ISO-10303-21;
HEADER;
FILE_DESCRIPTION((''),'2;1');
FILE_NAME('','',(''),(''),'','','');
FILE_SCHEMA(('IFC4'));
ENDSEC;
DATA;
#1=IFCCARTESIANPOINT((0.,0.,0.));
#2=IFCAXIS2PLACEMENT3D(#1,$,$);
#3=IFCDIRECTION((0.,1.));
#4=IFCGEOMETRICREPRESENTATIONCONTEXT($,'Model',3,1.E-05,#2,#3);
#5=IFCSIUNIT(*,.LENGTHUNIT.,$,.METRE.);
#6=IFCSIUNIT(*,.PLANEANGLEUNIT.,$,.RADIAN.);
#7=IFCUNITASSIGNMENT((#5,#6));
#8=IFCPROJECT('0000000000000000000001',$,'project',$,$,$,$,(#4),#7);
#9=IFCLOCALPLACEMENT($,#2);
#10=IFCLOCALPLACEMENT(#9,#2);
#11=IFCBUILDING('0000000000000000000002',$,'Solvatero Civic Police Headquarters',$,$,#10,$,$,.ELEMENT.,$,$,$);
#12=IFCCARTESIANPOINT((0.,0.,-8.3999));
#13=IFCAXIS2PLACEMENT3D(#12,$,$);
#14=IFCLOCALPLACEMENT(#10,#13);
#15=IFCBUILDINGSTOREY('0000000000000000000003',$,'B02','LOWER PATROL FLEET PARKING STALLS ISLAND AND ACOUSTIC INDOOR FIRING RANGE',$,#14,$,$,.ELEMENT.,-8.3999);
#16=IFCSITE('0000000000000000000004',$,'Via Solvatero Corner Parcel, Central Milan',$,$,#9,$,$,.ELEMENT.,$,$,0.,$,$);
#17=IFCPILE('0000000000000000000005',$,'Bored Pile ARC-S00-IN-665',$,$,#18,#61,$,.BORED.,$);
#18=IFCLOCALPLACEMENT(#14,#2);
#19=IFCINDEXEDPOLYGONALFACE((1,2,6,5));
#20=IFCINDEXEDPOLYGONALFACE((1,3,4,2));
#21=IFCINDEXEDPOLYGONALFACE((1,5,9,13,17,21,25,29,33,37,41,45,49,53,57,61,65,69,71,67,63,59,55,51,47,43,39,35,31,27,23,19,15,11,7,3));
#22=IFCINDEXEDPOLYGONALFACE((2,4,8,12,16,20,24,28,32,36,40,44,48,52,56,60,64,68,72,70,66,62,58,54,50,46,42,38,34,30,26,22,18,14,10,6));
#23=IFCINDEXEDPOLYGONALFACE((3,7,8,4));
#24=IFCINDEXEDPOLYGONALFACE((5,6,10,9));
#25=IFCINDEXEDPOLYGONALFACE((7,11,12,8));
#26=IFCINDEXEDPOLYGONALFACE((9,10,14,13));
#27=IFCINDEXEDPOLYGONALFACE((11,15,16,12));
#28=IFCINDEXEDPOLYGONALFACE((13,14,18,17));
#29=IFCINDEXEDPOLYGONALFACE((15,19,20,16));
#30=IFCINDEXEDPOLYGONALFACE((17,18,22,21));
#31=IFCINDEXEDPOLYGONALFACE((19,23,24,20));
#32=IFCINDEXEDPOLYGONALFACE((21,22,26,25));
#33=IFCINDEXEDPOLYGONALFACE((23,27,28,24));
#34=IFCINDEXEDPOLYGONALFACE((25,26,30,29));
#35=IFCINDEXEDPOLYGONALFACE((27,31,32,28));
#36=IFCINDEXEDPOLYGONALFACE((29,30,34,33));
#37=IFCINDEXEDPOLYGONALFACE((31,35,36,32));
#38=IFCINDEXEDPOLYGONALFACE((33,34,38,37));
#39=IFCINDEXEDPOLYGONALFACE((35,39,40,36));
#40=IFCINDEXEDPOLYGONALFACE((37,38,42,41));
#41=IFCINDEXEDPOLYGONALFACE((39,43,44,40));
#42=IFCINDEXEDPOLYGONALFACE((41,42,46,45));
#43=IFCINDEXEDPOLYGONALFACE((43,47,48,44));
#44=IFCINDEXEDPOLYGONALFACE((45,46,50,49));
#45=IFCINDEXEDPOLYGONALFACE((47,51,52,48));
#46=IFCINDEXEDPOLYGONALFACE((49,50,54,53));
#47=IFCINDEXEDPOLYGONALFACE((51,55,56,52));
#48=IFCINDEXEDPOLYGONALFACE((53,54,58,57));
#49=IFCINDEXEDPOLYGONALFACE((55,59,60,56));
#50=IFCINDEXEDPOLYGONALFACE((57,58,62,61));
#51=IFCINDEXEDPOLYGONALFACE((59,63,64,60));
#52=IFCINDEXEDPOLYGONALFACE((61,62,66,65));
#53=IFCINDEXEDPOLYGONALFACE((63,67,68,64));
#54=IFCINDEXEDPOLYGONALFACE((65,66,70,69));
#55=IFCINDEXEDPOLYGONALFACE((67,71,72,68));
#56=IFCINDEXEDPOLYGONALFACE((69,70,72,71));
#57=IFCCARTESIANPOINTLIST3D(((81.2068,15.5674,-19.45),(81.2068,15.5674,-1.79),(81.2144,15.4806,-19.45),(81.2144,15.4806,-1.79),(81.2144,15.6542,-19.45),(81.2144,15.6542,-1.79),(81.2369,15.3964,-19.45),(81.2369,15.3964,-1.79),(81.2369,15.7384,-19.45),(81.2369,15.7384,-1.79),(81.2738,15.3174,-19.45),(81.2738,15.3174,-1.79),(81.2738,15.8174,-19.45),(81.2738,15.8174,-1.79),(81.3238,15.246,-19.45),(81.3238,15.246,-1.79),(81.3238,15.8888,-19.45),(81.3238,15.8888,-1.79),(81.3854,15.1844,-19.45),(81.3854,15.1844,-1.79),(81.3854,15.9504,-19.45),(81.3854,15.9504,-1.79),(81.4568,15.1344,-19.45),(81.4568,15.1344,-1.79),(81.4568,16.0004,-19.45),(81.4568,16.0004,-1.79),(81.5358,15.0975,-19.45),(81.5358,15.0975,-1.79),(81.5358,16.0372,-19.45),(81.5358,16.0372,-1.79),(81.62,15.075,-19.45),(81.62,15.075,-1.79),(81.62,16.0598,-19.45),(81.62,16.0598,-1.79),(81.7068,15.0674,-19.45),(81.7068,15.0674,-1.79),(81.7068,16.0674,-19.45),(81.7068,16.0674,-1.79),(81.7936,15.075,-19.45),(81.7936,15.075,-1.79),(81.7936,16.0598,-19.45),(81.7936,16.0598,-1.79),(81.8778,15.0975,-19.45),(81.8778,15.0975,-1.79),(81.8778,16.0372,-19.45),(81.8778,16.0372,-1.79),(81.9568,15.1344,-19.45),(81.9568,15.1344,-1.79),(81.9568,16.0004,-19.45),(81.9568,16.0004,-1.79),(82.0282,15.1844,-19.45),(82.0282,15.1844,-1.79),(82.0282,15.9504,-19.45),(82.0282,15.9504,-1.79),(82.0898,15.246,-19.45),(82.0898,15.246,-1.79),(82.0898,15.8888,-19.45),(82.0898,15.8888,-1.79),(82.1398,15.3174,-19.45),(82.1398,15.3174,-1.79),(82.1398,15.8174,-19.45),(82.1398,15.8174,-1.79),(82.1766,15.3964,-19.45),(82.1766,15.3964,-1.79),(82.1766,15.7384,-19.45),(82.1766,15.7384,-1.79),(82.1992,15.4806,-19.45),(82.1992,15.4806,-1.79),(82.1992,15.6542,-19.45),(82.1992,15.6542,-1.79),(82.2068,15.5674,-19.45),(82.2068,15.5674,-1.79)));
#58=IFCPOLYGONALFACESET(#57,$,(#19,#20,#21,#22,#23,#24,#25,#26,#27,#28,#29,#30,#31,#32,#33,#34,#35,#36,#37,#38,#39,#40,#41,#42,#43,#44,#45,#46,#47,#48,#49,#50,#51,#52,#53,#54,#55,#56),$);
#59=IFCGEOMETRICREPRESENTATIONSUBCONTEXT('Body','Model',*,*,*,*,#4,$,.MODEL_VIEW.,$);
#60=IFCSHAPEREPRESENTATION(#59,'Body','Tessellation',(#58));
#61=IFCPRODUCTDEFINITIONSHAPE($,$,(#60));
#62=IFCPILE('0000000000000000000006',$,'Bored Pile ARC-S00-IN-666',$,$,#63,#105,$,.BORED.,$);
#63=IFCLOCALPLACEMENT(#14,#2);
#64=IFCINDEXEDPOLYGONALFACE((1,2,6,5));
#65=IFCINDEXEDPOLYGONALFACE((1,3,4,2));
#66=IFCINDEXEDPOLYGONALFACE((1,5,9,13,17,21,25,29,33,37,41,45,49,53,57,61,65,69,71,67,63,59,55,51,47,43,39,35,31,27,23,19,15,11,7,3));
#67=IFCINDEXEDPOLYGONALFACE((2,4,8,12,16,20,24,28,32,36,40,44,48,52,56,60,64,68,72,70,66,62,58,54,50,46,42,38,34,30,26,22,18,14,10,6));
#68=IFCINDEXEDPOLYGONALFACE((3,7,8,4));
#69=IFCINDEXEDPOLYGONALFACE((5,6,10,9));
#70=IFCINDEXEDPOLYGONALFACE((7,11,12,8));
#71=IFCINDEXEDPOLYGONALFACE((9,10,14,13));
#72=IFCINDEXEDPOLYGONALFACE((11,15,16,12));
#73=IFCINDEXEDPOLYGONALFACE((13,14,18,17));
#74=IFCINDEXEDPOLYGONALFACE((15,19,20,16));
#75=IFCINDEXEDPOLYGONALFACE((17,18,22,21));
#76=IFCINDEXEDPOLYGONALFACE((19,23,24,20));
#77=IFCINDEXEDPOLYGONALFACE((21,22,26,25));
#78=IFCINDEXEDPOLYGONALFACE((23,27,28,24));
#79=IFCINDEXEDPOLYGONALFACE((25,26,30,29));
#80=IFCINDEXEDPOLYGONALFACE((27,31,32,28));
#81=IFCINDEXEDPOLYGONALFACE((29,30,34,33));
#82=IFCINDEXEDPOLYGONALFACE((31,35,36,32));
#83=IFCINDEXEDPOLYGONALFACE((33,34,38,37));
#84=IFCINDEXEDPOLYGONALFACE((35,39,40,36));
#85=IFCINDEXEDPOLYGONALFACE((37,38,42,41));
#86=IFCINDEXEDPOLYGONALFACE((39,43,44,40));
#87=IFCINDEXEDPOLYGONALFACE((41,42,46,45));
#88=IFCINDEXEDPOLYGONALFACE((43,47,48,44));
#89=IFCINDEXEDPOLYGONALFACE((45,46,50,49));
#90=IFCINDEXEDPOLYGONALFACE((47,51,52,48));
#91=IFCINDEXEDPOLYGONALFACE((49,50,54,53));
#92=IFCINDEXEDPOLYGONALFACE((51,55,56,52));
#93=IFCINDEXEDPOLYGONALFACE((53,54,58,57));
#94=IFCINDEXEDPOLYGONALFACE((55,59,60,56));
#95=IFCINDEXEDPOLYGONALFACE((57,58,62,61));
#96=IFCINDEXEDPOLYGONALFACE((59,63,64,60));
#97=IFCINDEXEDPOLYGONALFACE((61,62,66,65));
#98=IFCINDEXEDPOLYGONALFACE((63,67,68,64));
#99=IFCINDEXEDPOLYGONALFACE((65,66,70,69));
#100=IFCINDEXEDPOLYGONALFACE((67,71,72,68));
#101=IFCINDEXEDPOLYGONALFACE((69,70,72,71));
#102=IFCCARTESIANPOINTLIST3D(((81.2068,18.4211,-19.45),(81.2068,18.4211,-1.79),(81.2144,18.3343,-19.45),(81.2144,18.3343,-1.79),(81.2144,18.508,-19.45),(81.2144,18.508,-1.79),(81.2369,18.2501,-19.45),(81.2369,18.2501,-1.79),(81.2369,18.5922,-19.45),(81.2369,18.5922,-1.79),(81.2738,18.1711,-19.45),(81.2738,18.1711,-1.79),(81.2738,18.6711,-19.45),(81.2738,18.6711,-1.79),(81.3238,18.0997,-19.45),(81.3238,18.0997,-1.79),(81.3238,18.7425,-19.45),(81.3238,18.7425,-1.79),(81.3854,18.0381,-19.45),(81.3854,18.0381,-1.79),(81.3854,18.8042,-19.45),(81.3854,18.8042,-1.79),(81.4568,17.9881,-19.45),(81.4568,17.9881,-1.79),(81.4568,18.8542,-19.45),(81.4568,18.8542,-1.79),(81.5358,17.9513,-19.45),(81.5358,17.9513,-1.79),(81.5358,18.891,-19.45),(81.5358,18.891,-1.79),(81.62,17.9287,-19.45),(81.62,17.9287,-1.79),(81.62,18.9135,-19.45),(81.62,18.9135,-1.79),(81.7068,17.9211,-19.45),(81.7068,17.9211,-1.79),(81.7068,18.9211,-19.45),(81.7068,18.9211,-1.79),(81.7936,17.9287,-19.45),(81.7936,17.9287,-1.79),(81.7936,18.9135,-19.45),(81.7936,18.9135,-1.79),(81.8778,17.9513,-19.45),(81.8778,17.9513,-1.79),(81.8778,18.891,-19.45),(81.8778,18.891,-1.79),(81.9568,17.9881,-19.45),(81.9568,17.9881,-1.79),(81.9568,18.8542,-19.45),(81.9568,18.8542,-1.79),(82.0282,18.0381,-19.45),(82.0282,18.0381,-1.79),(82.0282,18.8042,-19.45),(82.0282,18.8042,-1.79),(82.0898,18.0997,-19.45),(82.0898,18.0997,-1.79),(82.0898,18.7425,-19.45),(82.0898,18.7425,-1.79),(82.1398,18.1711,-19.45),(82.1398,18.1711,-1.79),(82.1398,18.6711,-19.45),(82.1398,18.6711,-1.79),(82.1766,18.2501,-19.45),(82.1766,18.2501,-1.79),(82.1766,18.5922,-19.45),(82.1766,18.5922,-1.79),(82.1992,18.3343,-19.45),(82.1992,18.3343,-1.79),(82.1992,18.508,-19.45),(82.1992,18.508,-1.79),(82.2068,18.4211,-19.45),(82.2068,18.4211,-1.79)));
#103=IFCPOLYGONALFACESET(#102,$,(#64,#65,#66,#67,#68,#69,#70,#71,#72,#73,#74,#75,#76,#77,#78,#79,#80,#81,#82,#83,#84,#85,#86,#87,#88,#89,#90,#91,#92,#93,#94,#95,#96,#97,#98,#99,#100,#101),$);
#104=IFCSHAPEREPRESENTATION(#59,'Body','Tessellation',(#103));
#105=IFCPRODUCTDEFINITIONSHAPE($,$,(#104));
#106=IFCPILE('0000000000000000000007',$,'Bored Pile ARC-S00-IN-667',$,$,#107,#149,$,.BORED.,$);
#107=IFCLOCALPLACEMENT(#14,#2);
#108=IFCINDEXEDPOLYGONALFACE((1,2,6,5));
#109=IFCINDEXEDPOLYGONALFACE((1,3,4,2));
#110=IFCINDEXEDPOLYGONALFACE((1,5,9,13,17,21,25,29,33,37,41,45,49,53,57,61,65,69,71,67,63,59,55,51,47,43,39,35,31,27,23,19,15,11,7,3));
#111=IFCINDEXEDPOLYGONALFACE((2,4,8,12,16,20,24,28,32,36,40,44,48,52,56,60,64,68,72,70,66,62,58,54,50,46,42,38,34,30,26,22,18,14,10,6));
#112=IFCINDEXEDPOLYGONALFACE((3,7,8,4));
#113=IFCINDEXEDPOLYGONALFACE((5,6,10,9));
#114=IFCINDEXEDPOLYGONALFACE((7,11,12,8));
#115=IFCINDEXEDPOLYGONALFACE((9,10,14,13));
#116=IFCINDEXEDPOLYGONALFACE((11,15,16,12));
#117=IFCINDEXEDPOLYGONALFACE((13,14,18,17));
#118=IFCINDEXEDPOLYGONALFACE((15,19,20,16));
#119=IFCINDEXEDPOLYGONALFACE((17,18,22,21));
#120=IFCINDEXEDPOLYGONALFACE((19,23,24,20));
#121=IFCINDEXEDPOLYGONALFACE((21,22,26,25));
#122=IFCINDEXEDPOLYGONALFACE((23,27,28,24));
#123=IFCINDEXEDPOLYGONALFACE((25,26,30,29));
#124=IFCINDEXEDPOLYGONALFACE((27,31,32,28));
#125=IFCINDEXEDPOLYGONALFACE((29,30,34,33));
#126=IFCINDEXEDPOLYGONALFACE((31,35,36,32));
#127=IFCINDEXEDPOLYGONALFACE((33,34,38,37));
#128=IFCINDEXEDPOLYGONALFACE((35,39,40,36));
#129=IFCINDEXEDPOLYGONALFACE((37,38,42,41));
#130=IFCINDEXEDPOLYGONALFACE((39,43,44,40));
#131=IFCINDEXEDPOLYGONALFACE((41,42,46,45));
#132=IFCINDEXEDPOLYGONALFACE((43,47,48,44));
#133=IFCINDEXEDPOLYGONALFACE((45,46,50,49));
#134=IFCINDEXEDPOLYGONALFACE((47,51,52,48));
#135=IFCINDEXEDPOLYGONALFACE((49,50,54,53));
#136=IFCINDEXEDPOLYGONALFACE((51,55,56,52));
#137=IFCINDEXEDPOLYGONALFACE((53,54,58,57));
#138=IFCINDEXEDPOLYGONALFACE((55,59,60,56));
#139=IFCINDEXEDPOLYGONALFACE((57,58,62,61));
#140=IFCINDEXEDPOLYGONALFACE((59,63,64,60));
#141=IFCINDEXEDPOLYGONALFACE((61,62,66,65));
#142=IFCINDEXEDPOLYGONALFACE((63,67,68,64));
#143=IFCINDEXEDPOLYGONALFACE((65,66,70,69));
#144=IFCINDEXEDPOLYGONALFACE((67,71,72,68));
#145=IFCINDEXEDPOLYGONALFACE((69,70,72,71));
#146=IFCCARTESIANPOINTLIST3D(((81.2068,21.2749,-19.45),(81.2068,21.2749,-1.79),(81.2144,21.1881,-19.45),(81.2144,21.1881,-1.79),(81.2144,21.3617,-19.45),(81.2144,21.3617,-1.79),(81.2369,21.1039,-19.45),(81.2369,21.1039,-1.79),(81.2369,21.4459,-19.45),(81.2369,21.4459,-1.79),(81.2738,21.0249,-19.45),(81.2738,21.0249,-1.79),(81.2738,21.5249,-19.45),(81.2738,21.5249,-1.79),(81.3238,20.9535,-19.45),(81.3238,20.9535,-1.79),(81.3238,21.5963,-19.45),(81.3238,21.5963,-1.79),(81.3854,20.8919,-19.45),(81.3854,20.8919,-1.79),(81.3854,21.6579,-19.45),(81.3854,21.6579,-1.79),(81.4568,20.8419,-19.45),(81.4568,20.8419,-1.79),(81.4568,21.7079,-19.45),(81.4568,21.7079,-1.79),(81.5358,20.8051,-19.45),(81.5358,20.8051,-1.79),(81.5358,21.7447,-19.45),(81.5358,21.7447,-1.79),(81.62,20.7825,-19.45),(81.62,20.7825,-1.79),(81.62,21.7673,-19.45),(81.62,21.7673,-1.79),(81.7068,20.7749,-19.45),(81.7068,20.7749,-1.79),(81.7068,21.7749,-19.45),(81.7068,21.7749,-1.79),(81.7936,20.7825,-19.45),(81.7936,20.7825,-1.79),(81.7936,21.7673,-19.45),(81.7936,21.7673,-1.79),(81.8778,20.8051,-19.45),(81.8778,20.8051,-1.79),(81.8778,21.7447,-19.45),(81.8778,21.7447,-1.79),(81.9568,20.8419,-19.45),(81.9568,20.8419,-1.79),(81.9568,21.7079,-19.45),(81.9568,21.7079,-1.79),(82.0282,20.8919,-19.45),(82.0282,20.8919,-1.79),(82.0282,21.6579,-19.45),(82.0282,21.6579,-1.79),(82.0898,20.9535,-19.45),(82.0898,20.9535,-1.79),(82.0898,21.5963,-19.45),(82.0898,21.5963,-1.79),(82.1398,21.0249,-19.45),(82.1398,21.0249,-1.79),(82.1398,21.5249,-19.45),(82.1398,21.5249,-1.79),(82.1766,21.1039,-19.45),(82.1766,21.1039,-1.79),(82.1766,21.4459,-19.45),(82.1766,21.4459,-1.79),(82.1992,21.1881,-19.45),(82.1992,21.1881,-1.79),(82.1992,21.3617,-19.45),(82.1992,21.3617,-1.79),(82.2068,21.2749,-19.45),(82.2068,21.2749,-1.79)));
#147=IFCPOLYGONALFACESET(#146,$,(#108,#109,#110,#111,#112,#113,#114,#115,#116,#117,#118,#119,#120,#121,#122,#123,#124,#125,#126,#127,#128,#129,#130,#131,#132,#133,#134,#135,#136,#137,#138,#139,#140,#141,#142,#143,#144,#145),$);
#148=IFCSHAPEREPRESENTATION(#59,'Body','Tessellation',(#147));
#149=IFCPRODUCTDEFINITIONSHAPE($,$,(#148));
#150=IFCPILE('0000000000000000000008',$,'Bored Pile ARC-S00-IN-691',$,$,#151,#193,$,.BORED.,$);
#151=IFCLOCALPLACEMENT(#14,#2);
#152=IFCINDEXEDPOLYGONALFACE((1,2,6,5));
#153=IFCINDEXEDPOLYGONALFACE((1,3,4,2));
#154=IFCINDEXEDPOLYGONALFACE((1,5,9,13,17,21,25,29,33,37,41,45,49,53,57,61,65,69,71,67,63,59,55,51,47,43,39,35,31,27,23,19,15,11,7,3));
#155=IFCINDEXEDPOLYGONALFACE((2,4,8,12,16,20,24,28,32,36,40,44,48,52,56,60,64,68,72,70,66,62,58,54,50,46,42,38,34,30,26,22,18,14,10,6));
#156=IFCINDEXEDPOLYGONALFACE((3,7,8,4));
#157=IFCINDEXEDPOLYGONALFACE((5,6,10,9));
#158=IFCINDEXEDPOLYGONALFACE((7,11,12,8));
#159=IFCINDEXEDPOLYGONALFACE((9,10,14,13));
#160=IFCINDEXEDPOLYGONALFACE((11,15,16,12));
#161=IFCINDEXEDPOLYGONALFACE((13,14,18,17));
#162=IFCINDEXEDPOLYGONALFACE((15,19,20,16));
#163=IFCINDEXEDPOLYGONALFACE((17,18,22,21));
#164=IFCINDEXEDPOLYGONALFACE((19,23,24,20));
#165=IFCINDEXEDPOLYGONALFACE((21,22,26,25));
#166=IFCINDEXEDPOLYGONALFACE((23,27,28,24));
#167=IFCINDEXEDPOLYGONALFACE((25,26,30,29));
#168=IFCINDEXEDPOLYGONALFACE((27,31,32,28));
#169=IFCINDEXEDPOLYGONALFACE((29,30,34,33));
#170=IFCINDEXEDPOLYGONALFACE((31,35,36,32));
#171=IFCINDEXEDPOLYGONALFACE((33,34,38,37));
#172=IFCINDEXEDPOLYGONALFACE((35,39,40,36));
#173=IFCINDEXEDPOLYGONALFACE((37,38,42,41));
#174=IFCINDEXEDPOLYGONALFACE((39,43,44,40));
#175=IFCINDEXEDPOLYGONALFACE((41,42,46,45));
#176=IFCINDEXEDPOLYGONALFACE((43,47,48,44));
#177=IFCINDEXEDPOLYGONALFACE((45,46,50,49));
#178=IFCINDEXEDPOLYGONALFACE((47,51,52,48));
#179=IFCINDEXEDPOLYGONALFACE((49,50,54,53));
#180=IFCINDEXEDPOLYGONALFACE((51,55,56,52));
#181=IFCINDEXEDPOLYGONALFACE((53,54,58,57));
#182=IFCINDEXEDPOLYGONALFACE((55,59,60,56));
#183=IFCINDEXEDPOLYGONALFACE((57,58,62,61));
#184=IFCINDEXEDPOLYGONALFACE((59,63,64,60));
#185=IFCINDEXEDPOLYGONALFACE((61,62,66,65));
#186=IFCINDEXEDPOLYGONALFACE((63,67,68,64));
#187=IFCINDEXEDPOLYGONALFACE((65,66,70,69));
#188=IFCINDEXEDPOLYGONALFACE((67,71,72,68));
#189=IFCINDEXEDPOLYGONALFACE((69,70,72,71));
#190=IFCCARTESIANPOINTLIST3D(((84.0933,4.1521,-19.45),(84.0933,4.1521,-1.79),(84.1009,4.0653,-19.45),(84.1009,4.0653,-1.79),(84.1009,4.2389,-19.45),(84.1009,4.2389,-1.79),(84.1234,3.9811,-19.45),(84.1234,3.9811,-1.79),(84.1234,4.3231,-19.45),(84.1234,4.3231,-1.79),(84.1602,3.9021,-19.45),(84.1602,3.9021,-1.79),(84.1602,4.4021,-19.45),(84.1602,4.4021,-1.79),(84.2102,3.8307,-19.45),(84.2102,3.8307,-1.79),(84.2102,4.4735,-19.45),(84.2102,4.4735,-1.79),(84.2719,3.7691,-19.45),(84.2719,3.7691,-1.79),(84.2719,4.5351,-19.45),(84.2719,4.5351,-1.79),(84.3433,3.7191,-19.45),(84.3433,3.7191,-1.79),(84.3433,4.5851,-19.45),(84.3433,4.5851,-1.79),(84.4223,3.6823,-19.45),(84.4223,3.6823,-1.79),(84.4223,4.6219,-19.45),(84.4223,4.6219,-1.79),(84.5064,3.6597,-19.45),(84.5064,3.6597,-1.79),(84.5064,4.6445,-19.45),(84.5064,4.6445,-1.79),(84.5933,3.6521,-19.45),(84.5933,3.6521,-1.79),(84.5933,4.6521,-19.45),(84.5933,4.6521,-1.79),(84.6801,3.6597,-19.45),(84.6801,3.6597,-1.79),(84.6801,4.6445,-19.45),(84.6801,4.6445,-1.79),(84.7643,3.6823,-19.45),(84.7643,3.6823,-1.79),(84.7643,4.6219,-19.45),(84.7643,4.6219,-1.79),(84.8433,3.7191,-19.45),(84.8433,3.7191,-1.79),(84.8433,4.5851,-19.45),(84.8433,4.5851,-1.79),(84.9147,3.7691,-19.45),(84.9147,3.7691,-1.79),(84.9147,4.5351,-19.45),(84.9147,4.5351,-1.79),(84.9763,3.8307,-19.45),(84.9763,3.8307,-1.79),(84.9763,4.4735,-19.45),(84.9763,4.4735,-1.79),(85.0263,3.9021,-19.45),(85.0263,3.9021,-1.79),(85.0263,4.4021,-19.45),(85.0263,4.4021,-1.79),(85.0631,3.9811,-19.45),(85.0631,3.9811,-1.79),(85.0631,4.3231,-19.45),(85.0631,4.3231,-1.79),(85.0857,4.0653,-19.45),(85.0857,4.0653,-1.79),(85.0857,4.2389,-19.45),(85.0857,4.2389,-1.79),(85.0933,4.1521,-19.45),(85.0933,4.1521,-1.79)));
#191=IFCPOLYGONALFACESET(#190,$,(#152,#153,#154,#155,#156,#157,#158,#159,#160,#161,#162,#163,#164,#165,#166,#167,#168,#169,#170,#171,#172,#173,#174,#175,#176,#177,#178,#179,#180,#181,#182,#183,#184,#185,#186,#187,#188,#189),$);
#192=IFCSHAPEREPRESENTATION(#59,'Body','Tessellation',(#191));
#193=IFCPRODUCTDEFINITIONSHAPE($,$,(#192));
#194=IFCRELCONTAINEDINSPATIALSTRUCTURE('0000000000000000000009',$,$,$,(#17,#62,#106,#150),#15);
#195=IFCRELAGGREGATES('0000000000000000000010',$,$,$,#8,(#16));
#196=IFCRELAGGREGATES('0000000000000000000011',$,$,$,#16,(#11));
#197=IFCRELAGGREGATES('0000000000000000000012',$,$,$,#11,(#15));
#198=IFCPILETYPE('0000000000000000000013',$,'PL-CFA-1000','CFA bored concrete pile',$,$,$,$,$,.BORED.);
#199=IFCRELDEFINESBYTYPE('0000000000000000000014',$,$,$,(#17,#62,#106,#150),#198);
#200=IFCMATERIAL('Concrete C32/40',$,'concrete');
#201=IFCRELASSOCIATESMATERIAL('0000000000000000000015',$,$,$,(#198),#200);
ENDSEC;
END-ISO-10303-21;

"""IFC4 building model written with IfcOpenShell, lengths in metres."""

from ifc_helpers import new_model, si_unit, direction, frame, origin, origin_2d, place, context, subcontext, project, spatial, circle, extrude, material, material_profile, profile_set, type_object, element, save


model = new_model("IFC4")

# Units and contexts
model_context = context("Model", 3, precision=1e-05, world=origin(), true_north=direction((0.0, 1.0)))
body_context = subcontext(model_context, "Body", "Model", "MODEL_VIEW")
ifc_project = project(units=[si_unit("LENGTHUNIT", "METRE"), si_unit("PLANEANGLEUNIT", "RADIAN")], contexts=[model_context])

# Site, building, storey
site_placement = place(None, origin())
site = spatial("IfcSite", under=ifc_project, at=site_placement, Name="Via Solvatero Corner Parcel, Central Milan", CompositionType="ELEMENT", RefElevation=0.0)
building_placement = place(site_placement, origin())
building = spatial("IfcBuilding", under=site, at=building_placement, Name="Solvatero Civic Police Headquarters", CompositionType="ELEMENT")
storey_placement = place(building_placement, frame((0.0, 0.0, -8.3999)))
storey = spatial("IfcBuildingStorey", under=building, at=storey_placement, Name="B02", Description="LOWER PATROL FLEET PARKING STALLS ISLAND AND ACOUSTIC INDOOR FIRING RANGE", CompositionType="ELEMENT", Elevation=-8.3999)

# Piles
ifc_material_1 = material(Name="Concrete C32/40", Category="concrete")
ifc_material_profile_1 = material_profile(ifc_material_1, circle(Radius=0.5, at=origin_2d()), Name="CFA PILE D1000")
ifc_profile_set_1 = profile_set([ifc_material_profile_1], Name="Concrete C32/40")
pile_type = type_object("IfcPileType", Name="PL-CFA-1000", Description="CFA bored concrete pile", PredefinedType="BORED", material=ifc_profile_set_1)
for number, where, z_axis, x_axis, name in (
    (1, (81.7068, 15.5674, -1.79), (0.0, 0.0, -1.0), (1.0, 0.0, 0.0), "Bored Pile ARC-S00-IN-665"),
    (2, (81.7068, 18.4211, -1.79), (0.0, 0.0, -1.0), (1.0, 0.0, 0.0), "Bored Pile ARC-S00-IN-666"),
    (3, (81.7068, 21.2749, -1.79), (0.0, 0.0, -1.0), (1.0, 0.0, 0.0), "Bored Pile ARC-S00-IN-667"),
    (4, (84.5933, 4.1521, -1.79), (0.0, 0.0, -1.0), (1.0, 0.0, 0.0), "Bored Pile ARC-S00-IN-691"),
):
    element("IfcPile", number, at=place(storey_placement, frame(where, z_axis=z_axis, x_axis=x_axis)), inside=storey, type_object=pile_type, Name=name, PredefinedType="BORED", context=body_context, shape_type="SweptSolid", body=[
        extrude(circle(Radius=0.5, at=origin_2d()), origin(), (0.0, 0.0, 1.0), 17.6599),
    ])

save(model, "model.ifc")
